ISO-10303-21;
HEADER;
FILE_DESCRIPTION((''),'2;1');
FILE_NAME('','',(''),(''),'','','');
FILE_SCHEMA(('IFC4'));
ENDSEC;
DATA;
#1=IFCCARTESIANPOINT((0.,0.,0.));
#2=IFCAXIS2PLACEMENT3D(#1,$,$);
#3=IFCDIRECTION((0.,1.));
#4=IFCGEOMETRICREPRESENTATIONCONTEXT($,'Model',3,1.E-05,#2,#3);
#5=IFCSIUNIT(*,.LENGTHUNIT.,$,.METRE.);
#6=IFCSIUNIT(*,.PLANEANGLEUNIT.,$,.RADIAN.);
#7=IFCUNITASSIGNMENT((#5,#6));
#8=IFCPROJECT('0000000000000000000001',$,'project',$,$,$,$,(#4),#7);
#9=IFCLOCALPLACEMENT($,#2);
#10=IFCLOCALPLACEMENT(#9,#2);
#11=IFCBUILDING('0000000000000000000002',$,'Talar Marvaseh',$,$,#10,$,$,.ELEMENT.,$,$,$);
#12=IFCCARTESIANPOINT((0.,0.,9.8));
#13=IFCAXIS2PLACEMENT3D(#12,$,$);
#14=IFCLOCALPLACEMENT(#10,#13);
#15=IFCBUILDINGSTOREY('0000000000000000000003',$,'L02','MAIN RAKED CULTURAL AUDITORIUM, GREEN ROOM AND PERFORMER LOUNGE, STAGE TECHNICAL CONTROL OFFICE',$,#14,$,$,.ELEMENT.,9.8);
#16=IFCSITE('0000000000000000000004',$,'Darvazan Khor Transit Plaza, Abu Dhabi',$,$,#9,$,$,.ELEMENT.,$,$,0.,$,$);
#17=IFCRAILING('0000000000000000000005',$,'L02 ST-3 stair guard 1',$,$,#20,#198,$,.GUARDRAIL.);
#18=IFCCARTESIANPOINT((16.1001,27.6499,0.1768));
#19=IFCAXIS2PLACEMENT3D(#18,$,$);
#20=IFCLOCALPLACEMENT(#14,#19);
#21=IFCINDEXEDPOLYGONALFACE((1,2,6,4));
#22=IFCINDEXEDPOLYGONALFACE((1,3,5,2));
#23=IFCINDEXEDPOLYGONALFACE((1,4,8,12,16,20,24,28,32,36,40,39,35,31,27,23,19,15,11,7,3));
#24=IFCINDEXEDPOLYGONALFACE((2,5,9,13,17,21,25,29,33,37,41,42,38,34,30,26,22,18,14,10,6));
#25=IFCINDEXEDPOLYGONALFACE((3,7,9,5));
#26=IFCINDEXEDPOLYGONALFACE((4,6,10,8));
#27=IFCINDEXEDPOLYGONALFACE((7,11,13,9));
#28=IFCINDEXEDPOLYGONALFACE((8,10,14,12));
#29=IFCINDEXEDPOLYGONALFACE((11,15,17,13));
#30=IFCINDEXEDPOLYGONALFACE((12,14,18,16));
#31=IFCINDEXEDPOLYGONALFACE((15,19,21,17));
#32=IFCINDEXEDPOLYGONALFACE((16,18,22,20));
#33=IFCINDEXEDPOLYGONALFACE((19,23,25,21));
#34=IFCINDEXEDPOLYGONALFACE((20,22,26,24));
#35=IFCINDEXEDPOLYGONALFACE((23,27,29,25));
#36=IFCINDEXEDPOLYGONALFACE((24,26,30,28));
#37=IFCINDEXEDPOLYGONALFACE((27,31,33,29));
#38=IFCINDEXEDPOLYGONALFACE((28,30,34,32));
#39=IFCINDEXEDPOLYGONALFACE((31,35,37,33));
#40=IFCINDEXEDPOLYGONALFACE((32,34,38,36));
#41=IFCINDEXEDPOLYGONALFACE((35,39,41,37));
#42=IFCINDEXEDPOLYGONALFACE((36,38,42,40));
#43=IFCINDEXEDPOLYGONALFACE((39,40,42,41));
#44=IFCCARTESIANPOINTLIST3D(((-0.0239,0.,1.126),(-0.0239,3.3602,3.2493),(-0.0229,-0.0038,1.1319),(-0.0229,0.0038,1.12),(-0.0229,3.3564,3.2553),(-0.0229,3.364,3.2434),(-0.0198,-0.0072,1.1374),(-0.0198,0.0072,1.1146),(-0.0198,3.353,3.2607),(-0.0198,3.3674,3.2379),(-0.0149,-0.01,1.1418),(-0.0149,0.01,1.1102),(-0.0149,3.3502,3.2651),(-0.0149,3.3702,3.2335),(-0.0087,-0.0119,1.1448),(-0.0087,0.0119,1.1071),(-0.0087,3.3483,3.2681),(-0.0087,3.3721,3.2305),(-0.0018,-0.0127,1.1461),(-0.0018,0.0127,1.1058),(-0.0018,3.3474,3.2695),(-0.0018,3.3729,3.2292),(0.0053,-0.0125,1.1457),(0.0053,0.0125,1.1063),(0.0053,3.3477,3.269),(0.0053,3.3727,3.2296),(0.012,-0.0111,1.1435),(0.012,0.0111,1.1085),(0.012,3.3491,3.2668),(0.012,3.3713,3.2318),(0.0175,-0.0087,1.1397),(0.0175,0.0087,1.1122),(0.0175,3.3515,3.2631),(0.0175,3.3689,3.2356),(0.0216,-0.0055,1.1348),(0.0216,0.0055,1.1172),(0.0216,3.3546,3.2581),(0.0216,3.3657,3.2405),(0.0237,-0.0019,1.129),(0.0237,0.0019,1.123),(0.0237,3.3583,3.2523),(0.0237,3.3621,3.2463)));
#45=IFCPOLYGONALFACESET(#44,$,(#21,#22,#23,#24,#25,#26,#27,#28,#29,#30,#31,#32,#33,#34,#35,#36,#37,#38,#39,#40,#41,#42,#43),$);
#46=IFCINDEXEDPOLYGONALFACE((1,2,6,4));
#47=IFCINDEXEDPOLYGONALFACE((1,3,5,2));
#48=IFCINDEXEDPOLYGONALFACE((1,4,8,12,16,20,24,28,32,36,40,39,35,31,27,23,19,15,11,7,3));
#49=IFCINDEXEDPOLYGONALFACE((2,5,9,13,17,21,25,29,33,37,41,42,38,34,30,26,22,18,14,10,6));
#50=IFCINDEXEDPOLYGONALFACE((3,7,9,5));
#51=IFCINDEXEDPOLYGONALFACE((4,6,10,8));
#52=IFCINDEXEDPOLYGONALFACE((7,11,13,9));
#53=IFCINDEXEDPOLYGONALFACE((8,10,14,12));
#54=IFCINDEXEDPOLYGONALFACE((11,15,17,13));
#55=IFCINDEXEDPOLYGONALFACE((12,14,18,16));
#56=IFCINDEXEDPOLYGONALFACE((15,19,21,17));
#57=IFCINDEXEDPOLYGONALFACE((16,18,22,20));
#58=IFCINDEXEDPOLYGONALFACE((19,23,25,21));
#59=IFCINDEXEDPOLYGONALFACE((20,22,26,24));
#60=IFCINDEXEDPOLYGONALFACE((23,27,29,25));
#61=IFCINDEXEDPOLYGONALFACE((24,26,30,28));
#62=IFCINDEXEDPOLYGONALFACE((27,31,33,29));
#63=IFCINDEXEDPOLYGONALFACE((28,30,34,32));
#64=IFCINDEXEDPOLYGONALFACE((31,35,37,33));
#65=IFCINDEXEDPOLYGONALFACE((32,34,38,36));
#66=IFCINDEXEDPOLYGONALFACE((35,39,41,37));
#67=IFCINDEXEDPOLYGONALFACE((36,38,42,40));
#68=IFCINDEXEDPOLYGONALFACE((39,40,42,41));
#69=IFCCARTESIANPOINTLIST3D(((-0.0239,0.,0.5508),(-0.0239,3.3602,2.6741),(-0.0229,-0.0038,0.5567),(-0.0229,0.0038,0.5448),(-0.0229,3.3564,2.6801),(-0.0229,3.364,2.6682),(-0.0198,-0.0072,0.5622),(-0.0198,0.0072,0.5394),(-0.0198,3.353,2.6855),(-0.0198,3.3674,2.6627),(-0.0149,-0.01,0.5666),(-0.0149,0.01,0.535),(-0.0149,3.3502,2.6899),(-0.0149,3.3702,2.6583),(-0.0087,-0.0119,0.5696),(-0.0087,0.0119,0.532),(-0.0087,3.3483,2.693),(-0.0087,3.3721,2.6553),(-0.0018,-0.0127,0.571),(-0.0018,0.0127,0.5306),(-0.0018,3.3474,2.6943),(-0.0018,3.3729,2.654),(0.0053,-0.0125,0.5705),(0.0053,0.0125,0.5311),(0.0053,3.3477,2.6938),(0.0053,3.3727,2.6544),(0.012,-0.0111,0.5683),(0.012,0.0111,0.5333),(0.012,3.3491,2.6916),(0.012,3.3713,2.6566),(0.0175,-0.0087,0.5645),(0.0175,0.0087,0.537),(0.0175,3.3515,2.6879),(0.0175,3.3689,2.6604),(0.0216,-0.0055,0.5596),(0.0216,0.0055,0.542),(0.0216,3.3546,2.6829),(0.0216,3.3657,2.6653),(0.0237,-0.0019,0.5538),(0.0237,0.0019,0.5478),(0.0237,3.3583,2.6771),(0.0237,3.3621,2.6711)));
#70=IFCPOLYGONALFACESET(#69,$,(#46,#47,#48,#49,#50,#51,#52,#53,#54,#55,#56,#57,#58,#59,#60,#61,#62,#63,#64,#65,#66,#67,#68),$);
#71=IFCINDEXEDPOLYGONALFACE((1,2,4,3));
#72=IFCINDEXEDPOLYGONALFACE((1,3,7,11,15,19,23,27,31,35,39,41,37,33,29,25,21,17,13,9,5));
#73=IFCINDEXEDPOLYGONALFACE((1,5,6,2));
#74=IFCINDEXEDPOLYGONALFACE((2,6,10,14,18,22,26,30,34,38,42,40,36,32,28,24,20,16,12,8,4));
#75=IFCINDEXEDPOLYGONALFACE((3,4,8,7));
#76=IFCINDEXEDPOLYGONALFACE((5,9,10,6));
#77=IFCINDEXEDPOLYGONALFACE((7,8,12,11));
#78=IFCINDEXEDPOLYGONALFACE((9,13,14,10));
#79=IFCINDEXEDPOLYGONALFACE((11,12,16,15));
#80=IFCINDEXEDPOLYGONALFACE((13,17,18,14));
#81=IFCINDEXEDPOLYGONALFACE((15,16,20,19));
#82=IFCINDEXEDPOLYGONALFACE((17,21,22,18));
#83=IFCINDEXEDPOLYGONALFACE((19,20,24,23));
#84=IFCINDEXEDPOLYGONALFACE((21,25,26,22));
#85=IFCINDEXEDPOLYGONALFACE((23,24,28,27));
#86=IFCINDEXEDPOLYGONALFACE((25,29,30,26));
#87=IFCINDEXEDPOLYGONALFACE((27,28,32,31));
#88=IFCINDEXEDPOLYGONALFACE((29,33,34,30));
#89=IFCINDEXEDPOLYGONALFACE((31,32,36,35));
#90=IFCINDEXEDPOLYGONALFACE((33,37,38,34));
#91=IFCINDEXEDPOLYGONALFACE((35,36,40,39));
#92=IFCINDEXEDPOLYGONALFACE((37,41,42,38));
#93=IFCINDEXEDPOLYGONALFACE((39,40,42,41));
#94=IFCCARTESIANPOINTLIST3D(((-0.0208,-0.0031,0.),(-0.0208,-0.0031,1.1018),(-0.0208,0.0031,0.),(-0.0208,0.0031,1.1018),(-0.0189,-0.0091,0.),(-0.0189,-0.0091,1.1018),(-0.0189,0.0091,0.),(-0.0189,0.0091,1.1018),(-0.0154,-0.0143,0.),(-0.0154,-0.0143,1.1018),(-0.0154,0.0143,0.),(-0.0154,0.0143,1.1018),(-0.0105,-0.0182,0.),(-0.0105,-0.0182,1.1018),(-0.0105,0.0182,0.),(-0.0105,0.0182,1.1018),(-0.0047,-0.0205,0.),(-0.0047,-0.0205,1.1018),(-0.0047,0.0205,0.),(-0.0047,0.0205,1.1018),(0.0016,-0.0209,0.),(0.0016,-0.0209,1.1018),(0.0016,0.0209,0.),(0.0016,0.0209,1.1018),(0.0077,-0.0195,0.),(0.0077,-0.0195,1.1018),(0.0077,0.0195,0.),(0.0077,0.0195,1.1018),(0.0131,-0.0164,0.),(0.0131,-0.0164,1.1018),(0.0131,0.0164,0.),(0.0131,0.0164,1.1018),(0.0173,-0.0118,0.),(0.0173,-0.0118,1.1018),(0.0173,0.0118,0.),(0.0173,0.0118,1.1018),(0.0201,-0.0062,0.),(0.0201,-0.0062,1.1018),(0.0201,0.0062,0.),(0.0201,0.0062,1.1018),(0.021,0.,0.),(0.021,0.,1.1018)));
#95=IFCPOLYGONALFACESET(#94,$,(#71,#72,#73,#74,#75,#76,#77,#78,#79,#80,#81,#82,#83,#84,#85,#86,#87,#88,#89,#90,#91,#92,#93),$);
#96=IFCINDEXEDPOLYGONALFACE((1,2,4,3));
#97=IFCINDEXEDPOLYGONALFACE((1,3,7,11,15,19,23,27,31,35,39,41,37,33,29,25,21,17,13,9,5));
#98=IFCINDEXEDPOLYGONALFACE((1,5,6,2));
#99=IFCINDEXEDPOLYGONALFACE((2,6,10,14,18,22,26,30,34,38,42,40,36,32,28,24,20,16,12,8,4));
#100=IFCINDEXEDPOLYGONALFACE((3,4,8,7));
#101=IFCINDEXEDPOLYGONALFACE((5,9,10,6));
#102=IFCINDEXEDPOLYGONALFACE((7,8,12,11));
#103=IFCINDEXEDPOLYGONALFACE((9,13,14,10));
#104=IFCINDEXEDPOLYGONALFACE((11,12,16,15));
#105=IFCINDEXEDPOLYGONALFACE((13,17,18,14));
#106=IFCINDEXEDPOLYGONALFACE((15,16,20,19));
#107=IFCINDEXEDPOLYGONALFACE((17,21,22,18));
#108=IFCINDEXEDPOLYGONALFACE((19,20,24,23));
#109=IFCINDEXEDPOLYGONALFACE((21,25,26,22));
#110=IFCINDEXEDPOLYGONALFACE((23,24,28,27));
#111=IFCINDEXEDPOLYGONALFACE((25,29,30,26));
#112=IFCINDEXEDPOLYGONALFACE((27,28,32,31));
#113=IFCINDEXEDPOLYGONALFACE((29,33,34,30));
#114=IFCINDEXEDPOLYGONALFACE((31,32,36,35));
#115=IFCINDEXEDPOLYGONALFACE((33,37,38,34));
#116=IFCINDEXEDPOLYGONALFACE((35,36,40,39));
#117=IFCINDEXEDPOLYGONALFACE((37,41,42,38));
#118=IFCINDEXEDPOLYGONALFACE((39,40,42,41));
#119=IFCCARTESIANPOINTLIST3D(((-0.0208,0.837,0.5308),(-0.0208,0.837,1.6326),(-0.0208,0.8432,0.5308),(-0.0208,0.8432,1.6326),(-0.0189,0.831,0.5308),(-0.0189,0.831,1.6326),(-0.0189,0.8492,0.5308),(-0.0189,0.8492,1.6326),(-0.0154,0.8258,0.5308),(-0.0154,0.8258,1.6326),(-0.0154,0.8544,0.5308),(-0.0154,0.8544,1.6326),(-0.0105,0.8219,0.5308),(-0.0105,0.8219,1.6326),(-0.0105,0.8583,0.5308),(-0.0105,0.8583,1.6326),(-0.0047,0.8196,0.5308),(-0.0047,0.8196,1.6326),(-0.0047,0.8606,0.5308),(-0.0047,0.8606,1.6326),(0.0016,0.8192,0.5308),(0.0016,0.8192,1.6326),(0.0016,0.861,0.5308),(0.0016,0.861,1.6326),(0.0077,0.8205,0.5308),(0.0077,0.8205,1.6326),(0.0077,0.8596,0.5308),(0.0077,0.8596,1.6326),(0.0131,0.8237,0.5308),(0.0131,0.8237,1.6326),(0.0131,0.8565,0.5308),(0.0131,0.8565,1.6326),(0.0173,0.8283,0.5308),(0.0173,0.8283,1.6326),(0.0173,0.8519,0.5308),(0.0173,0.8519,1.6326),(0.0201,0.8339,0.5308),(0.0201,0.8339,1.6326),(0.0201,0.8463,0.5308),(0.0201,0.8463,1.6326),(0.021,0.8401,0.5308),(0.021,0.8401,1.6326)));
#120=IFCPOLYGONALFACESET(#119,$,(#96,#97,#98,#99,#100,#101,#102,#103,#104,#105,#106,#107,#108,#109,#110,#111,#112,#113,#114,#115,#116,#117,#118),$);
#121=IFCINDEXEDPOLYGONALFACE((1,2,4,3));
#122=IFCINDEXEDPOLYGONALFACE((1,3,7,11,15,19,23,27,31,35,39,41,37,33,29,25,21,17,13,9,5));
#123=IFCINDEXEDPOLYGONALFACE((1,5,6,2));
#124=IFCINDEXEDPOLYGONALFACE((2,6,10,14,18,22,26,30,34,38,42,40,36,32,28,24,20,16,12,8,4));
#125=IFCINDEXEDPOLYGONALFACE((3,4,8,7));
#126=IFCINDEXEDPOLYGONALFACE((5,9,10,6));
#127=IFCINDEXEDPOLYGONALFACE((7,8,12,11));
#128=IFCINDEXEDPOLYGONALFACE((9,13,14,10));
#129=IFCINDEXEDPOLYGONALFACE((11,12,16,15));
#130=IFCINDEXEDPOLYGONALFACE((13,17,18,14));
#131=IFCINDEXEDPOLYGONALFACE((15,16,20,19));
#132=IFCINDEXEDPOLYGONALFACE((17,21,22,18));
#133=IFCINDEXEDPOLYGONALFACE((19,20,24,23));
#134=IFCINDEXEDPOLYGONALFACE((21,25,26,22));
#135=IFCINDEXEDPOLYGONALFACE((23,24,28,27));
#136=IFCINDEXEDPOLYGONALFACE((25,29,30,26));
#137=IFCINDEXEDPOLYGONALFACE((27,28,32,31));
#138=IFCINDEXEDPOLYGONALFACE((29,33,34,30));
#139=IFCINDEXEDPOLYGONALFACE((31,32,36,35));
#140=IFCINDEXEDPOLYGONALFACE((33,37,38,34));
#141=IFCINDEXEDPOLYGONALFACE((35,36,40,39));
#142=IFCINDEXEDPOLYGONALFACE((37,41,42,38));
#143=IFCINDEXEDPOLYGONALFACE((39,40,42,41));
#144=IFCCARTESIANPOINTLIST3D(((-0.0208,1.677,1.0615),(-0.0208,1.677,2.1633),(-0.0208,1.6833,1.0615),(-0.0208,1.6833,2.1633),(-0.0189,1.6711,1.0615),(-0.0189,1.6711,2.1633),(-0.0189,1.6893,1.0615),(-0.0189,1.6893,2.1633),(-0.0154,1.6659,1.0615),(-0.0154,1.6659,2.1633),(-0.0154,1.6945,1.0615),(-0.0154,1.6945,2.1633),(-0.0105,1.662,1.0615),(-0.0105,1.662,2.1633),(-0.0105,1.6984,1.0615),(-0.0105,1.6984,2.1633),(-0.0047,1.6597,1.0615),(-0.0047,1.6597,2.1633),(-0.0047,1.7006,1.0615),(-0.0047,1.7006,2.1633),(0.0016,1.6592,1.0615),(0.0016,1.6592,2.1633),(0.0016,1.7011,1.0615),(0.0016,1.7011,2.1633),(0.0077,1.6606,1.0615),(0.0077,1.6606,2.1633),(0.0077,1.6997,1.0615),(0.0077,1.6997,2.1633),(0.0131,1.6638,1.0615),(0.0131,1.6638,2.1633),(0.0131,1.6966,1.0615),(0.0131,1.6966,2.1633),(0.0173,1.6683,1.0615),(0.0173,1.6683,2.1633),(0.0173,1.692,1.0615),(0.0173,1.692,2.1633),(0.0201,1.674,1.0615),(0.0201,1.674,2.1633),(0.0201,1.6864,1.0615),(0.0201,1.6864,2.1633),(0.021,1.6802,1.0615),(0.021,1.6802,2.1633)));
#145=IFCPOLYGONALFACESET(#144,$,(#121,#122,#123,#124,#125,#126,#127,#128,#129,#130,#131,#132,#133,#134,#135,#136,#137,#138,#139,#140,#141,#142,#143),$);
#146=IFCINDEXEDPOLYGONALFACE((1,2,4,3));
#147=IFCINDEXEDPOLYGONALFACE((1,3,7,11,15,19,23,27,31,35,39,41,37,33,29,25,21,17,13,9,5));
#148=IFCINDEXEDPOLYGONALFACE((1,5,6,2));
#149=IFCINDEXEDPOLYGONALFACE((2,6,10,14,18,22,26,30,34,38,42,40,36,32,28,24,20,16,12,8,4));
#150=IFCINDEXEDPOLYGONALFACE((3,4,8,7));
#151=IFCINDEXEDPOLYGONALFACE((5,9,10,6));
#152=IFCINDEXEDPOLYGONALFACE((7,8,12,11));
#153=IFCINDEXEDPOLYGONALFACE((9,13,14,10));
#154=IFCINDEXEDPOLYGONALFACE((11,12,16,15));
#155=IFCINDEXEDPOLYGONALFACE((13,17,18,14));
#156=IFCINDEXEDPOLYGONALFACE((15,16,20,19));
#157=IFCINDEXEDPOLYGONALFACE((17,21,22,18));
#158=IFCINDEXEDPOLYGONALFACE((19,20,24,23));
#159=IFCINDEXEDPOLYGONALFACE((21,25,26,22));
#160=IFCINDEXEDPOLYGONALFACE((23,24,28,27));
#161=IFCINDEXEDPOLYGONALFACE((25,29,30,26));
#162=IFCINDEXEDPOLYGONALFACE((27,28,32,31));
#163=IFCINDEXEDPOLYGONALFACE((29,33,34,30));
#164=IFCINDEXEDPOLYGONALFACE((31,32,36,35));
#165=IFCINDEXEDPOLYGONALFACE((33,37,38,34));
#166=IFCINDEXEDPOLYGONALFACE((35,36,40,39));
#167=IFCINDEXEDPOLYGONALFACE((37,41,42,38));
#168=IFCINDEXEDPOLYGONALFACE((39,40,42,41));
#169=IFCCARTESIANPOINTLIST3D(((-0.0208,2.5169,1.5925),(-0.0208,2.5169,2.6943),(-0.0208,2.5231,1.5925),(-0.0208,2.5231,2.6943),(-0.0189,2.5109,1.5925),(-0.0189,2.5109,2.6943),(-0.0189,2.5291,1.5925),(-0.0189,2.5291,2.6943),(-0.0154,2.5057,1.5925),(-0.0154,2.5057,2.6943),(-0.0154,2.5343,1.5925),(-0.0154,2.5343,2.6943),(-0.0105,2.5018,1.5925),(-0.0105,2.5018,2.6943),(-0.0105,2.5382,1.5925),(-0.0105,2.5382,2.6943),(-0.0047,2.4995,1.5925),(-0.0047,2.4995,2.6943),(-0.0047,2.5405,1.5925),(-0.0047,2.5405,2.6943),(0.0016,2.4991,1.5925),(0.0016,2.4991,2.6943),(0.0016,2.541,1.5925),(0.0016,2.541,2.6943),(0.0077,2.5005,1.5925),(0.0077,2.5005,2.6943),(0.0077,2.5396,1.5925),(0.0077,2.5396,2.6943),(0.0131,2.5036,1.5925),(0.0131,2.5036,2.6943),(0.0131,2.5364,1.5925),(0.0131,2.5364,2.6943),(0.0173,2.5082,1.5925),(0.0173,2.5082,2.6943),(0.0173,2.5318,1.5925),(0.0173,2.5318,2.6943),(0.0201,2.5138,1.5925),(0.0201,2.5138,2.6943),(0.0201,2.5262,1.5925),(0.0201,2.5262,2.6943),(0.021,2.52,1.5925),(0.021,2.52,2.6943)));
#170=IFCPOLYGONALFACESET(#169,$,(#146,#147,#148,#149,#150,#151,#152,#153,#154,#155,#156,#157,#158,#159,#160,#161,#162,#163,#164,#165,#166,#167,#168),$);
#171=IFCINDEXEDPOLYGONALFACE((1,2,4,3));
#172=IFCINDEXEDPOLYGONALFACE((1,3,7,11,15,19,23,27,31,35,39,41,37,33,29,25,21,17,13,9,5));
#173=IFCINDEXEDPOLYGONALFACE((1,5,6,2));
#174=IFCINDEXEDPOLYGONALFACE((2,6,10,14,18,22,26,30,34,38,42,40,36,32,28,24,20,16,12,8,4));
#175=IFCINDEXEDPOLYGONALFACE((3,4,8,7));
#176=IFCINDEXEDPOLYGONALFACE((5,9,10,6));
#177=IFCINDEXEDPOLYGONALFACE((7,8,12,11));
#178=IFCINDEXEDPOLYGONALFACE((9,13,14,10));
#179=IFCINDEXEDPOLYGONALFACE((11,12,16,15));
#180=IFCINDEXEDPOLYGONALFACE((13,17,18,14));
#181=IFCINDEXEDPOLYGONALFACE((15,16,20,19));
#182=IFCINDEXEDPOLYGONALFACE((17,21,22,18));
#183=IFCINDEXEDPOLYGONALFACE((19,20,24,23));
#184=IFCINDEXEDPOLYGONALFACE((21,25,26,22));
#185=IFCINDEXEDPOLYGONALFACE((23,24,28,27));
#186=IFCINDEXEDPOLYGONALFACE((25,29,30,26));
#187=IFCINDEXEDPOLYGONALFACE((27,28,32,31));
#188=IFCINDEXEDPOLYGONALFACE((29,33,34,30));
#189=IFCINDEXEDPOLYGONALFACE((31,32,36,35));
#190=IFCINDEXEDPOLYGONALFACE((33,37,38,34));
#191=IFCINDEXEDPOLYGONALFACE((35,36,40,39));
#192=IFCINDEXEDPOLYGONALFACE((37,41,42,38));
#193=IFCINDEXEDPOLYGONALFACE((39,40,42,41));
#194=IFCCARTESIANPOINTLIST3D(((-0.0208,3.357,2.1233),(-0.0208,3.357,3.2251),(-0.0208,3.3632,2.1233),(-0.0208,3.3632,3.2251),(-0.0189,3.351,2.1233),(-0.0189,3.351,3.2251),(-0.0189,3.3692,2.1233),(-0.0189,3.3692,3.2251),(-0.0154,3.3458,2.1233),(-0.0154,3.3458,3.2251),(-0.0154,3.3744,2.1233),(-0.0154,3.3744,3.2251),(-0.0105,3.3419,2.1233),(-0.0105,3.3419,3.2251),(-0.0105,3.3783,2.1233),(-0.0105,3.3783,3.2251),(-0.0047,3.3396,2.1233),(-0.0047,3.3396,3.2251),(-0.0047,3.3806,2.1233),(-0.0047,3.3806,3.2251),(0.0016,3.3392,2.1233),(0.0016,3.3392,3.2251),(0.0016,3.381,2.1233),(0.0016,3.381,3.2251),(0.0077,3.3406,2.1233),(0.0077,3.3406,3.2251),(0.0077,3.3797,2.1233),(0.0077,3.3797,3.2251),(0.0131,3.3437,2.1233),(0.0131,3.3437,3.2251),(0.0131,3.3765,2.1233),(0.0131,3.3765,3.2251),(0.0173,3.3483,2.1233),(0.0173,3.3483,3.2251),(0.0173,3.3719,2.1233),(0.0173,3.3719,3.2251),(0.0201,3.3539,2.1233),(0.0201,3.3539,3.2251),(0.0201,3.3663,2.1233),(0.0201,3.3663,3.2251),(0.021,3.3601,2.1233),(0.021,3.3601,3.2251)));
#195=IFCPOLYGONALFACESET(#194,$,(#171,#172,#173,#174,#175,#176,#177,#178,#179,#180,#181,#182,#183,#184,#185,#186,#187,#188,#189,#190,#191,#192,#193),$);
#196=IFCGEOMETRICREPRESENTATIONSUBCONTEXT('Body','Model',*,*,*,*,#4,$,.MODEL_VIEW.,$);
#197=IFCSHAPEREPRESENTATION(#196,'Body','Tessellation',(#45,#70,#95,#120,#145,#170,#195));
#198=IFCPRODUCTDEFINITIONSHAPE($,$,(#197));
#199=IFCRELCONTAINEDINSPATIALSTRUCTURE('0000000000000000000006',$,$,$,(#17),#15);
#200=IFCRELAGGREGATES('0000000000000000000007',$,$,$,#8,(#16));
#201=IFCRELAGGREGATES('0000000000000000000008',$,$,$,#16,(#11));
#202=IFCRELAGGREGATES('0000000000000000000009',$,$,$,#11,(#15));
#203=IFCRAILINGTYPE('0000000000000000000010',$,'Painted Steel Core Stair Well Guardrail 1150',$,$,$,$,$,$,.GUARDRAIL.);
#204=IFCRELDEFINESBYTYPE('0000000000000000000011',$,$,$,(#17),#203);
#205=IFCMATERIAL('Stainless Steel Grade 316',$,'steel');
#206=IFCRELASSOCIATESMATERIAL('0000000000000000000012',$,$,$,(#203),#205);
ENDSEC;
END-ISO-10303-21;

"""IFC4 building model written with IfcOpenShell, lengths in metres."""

from ifc_helpers import new_model, si_unit, direction, frame, origin, origin_2d, place, context, subcontext, project, spatial, circle, extrude, material, type_object, element, save


model = new_model("IFC4")

# Units and contexts
model_context = context("Model", 3, precision=1e-05, world=origin(), true_north=direction((0.0, 1.0)))
body_context = subcontext(model_context, "Body", "Model", "MODEL_VIEW")
ifc_project = project(units=[si_unit("LENGTHUNIT", "METRE"), si_unit("PLANEANGLEUNIT", "RADIAN")], contexts=[model_context])

# Site, building, storey
site_placement = place(None, origin())
site = spatial("IfcSite", under=ifc_project, at=site_placement, Name="Darvazan Khor Transit Plaza, Abu Dhabi", CompositionType="ELEMENT", RefElevation=0.0)
building_placement = place(site_placement, origin())
building = spatial("IfcBuilding", under=site, at=building_placement, Name="Talar Marvaseh", CompositionType="ELEMENT")
storey_placement = place(building_placement, frame((0.0, 0.0, 9.8)))
storey = spatial("IfcBuildingStorey", under=building, at=storey_placement, Name="L02", Description="MAIN RAKED CULTURAL AUDITORIUM, GREEN ROOM AND PERFORMER LOUNGE, STAGE TECHNICAL CONTROL OFFICE", CompositionType="ELEMENT", Elevation=9.8)

# Railing
ifc_material_1 = material(Name="Stainless Steel Grade 316", Category="steel")
railing_type_1 = type_object("IfcRailingType", Name="Painted Steel Core Stair Well Guardrail 1150", PredefinedType="GUARDRAIL", material=ifc_material_1)
railing_1_placement = place(storey_placement, frame((16.1001, 27.6499, 0.1768)))
element("IfcRailing", 1, at=railing_1_placement, inside=storey, type_object=railing_type_1, Name="L02 ST-3 stair guard 1", PredefinedType="GUARDRAIL", context=body_context, shape_type="SweptSolid", body=[
    extrude(circle(Radius=0.0239, at=origin_2d()), frame((0.0, 0.0, 1.126), z_axis=(0.0, 0.845362, 0.534194), x_axis=(-1.0, 0.0, 0.0)), (0.0, 0.0, 1.0), 3.9749),
    extrude(circle(Radius=0.0239, at=origin_2d()), frame((0.0, 0.0, 0.5508), z_axis=(0.0, 0.845362, 0.534194), x_axis=(-1.0, 0.0, 0.0)), (0.0, 0.0, 1.0), 3.9749),
    extrude(circle(Radius=0.021, at=origin_2d()), origin(), (0.0, 0.0, 1.0), 1.1018),
    extrude(circle(Radius=0.021, at=origin_2d()), frame((0.0, 0.8401, 0.5308)), (0.0, 0.0, 1.0), 1.1018),
    extrude(circle(Radius=0.021, at=origin_2d()), frame((0.0, 1.6802, 1.0615)), (0.0, 0.0, 1.0), 1.1018),
    extrude(circle(Radius=0.021, at=origin_2d()), frame((0.0, 2.52, 1.5925)), (0.0, 0.0, 1.0), 1.1018),
    extrude(circle(Radius=0.021, at=origin_2d()), frame((0.0, 3.3601, 2.1233)), (0.0, 0.0, 1.0), 1.1018),
])

save(model, "model.ifc")
